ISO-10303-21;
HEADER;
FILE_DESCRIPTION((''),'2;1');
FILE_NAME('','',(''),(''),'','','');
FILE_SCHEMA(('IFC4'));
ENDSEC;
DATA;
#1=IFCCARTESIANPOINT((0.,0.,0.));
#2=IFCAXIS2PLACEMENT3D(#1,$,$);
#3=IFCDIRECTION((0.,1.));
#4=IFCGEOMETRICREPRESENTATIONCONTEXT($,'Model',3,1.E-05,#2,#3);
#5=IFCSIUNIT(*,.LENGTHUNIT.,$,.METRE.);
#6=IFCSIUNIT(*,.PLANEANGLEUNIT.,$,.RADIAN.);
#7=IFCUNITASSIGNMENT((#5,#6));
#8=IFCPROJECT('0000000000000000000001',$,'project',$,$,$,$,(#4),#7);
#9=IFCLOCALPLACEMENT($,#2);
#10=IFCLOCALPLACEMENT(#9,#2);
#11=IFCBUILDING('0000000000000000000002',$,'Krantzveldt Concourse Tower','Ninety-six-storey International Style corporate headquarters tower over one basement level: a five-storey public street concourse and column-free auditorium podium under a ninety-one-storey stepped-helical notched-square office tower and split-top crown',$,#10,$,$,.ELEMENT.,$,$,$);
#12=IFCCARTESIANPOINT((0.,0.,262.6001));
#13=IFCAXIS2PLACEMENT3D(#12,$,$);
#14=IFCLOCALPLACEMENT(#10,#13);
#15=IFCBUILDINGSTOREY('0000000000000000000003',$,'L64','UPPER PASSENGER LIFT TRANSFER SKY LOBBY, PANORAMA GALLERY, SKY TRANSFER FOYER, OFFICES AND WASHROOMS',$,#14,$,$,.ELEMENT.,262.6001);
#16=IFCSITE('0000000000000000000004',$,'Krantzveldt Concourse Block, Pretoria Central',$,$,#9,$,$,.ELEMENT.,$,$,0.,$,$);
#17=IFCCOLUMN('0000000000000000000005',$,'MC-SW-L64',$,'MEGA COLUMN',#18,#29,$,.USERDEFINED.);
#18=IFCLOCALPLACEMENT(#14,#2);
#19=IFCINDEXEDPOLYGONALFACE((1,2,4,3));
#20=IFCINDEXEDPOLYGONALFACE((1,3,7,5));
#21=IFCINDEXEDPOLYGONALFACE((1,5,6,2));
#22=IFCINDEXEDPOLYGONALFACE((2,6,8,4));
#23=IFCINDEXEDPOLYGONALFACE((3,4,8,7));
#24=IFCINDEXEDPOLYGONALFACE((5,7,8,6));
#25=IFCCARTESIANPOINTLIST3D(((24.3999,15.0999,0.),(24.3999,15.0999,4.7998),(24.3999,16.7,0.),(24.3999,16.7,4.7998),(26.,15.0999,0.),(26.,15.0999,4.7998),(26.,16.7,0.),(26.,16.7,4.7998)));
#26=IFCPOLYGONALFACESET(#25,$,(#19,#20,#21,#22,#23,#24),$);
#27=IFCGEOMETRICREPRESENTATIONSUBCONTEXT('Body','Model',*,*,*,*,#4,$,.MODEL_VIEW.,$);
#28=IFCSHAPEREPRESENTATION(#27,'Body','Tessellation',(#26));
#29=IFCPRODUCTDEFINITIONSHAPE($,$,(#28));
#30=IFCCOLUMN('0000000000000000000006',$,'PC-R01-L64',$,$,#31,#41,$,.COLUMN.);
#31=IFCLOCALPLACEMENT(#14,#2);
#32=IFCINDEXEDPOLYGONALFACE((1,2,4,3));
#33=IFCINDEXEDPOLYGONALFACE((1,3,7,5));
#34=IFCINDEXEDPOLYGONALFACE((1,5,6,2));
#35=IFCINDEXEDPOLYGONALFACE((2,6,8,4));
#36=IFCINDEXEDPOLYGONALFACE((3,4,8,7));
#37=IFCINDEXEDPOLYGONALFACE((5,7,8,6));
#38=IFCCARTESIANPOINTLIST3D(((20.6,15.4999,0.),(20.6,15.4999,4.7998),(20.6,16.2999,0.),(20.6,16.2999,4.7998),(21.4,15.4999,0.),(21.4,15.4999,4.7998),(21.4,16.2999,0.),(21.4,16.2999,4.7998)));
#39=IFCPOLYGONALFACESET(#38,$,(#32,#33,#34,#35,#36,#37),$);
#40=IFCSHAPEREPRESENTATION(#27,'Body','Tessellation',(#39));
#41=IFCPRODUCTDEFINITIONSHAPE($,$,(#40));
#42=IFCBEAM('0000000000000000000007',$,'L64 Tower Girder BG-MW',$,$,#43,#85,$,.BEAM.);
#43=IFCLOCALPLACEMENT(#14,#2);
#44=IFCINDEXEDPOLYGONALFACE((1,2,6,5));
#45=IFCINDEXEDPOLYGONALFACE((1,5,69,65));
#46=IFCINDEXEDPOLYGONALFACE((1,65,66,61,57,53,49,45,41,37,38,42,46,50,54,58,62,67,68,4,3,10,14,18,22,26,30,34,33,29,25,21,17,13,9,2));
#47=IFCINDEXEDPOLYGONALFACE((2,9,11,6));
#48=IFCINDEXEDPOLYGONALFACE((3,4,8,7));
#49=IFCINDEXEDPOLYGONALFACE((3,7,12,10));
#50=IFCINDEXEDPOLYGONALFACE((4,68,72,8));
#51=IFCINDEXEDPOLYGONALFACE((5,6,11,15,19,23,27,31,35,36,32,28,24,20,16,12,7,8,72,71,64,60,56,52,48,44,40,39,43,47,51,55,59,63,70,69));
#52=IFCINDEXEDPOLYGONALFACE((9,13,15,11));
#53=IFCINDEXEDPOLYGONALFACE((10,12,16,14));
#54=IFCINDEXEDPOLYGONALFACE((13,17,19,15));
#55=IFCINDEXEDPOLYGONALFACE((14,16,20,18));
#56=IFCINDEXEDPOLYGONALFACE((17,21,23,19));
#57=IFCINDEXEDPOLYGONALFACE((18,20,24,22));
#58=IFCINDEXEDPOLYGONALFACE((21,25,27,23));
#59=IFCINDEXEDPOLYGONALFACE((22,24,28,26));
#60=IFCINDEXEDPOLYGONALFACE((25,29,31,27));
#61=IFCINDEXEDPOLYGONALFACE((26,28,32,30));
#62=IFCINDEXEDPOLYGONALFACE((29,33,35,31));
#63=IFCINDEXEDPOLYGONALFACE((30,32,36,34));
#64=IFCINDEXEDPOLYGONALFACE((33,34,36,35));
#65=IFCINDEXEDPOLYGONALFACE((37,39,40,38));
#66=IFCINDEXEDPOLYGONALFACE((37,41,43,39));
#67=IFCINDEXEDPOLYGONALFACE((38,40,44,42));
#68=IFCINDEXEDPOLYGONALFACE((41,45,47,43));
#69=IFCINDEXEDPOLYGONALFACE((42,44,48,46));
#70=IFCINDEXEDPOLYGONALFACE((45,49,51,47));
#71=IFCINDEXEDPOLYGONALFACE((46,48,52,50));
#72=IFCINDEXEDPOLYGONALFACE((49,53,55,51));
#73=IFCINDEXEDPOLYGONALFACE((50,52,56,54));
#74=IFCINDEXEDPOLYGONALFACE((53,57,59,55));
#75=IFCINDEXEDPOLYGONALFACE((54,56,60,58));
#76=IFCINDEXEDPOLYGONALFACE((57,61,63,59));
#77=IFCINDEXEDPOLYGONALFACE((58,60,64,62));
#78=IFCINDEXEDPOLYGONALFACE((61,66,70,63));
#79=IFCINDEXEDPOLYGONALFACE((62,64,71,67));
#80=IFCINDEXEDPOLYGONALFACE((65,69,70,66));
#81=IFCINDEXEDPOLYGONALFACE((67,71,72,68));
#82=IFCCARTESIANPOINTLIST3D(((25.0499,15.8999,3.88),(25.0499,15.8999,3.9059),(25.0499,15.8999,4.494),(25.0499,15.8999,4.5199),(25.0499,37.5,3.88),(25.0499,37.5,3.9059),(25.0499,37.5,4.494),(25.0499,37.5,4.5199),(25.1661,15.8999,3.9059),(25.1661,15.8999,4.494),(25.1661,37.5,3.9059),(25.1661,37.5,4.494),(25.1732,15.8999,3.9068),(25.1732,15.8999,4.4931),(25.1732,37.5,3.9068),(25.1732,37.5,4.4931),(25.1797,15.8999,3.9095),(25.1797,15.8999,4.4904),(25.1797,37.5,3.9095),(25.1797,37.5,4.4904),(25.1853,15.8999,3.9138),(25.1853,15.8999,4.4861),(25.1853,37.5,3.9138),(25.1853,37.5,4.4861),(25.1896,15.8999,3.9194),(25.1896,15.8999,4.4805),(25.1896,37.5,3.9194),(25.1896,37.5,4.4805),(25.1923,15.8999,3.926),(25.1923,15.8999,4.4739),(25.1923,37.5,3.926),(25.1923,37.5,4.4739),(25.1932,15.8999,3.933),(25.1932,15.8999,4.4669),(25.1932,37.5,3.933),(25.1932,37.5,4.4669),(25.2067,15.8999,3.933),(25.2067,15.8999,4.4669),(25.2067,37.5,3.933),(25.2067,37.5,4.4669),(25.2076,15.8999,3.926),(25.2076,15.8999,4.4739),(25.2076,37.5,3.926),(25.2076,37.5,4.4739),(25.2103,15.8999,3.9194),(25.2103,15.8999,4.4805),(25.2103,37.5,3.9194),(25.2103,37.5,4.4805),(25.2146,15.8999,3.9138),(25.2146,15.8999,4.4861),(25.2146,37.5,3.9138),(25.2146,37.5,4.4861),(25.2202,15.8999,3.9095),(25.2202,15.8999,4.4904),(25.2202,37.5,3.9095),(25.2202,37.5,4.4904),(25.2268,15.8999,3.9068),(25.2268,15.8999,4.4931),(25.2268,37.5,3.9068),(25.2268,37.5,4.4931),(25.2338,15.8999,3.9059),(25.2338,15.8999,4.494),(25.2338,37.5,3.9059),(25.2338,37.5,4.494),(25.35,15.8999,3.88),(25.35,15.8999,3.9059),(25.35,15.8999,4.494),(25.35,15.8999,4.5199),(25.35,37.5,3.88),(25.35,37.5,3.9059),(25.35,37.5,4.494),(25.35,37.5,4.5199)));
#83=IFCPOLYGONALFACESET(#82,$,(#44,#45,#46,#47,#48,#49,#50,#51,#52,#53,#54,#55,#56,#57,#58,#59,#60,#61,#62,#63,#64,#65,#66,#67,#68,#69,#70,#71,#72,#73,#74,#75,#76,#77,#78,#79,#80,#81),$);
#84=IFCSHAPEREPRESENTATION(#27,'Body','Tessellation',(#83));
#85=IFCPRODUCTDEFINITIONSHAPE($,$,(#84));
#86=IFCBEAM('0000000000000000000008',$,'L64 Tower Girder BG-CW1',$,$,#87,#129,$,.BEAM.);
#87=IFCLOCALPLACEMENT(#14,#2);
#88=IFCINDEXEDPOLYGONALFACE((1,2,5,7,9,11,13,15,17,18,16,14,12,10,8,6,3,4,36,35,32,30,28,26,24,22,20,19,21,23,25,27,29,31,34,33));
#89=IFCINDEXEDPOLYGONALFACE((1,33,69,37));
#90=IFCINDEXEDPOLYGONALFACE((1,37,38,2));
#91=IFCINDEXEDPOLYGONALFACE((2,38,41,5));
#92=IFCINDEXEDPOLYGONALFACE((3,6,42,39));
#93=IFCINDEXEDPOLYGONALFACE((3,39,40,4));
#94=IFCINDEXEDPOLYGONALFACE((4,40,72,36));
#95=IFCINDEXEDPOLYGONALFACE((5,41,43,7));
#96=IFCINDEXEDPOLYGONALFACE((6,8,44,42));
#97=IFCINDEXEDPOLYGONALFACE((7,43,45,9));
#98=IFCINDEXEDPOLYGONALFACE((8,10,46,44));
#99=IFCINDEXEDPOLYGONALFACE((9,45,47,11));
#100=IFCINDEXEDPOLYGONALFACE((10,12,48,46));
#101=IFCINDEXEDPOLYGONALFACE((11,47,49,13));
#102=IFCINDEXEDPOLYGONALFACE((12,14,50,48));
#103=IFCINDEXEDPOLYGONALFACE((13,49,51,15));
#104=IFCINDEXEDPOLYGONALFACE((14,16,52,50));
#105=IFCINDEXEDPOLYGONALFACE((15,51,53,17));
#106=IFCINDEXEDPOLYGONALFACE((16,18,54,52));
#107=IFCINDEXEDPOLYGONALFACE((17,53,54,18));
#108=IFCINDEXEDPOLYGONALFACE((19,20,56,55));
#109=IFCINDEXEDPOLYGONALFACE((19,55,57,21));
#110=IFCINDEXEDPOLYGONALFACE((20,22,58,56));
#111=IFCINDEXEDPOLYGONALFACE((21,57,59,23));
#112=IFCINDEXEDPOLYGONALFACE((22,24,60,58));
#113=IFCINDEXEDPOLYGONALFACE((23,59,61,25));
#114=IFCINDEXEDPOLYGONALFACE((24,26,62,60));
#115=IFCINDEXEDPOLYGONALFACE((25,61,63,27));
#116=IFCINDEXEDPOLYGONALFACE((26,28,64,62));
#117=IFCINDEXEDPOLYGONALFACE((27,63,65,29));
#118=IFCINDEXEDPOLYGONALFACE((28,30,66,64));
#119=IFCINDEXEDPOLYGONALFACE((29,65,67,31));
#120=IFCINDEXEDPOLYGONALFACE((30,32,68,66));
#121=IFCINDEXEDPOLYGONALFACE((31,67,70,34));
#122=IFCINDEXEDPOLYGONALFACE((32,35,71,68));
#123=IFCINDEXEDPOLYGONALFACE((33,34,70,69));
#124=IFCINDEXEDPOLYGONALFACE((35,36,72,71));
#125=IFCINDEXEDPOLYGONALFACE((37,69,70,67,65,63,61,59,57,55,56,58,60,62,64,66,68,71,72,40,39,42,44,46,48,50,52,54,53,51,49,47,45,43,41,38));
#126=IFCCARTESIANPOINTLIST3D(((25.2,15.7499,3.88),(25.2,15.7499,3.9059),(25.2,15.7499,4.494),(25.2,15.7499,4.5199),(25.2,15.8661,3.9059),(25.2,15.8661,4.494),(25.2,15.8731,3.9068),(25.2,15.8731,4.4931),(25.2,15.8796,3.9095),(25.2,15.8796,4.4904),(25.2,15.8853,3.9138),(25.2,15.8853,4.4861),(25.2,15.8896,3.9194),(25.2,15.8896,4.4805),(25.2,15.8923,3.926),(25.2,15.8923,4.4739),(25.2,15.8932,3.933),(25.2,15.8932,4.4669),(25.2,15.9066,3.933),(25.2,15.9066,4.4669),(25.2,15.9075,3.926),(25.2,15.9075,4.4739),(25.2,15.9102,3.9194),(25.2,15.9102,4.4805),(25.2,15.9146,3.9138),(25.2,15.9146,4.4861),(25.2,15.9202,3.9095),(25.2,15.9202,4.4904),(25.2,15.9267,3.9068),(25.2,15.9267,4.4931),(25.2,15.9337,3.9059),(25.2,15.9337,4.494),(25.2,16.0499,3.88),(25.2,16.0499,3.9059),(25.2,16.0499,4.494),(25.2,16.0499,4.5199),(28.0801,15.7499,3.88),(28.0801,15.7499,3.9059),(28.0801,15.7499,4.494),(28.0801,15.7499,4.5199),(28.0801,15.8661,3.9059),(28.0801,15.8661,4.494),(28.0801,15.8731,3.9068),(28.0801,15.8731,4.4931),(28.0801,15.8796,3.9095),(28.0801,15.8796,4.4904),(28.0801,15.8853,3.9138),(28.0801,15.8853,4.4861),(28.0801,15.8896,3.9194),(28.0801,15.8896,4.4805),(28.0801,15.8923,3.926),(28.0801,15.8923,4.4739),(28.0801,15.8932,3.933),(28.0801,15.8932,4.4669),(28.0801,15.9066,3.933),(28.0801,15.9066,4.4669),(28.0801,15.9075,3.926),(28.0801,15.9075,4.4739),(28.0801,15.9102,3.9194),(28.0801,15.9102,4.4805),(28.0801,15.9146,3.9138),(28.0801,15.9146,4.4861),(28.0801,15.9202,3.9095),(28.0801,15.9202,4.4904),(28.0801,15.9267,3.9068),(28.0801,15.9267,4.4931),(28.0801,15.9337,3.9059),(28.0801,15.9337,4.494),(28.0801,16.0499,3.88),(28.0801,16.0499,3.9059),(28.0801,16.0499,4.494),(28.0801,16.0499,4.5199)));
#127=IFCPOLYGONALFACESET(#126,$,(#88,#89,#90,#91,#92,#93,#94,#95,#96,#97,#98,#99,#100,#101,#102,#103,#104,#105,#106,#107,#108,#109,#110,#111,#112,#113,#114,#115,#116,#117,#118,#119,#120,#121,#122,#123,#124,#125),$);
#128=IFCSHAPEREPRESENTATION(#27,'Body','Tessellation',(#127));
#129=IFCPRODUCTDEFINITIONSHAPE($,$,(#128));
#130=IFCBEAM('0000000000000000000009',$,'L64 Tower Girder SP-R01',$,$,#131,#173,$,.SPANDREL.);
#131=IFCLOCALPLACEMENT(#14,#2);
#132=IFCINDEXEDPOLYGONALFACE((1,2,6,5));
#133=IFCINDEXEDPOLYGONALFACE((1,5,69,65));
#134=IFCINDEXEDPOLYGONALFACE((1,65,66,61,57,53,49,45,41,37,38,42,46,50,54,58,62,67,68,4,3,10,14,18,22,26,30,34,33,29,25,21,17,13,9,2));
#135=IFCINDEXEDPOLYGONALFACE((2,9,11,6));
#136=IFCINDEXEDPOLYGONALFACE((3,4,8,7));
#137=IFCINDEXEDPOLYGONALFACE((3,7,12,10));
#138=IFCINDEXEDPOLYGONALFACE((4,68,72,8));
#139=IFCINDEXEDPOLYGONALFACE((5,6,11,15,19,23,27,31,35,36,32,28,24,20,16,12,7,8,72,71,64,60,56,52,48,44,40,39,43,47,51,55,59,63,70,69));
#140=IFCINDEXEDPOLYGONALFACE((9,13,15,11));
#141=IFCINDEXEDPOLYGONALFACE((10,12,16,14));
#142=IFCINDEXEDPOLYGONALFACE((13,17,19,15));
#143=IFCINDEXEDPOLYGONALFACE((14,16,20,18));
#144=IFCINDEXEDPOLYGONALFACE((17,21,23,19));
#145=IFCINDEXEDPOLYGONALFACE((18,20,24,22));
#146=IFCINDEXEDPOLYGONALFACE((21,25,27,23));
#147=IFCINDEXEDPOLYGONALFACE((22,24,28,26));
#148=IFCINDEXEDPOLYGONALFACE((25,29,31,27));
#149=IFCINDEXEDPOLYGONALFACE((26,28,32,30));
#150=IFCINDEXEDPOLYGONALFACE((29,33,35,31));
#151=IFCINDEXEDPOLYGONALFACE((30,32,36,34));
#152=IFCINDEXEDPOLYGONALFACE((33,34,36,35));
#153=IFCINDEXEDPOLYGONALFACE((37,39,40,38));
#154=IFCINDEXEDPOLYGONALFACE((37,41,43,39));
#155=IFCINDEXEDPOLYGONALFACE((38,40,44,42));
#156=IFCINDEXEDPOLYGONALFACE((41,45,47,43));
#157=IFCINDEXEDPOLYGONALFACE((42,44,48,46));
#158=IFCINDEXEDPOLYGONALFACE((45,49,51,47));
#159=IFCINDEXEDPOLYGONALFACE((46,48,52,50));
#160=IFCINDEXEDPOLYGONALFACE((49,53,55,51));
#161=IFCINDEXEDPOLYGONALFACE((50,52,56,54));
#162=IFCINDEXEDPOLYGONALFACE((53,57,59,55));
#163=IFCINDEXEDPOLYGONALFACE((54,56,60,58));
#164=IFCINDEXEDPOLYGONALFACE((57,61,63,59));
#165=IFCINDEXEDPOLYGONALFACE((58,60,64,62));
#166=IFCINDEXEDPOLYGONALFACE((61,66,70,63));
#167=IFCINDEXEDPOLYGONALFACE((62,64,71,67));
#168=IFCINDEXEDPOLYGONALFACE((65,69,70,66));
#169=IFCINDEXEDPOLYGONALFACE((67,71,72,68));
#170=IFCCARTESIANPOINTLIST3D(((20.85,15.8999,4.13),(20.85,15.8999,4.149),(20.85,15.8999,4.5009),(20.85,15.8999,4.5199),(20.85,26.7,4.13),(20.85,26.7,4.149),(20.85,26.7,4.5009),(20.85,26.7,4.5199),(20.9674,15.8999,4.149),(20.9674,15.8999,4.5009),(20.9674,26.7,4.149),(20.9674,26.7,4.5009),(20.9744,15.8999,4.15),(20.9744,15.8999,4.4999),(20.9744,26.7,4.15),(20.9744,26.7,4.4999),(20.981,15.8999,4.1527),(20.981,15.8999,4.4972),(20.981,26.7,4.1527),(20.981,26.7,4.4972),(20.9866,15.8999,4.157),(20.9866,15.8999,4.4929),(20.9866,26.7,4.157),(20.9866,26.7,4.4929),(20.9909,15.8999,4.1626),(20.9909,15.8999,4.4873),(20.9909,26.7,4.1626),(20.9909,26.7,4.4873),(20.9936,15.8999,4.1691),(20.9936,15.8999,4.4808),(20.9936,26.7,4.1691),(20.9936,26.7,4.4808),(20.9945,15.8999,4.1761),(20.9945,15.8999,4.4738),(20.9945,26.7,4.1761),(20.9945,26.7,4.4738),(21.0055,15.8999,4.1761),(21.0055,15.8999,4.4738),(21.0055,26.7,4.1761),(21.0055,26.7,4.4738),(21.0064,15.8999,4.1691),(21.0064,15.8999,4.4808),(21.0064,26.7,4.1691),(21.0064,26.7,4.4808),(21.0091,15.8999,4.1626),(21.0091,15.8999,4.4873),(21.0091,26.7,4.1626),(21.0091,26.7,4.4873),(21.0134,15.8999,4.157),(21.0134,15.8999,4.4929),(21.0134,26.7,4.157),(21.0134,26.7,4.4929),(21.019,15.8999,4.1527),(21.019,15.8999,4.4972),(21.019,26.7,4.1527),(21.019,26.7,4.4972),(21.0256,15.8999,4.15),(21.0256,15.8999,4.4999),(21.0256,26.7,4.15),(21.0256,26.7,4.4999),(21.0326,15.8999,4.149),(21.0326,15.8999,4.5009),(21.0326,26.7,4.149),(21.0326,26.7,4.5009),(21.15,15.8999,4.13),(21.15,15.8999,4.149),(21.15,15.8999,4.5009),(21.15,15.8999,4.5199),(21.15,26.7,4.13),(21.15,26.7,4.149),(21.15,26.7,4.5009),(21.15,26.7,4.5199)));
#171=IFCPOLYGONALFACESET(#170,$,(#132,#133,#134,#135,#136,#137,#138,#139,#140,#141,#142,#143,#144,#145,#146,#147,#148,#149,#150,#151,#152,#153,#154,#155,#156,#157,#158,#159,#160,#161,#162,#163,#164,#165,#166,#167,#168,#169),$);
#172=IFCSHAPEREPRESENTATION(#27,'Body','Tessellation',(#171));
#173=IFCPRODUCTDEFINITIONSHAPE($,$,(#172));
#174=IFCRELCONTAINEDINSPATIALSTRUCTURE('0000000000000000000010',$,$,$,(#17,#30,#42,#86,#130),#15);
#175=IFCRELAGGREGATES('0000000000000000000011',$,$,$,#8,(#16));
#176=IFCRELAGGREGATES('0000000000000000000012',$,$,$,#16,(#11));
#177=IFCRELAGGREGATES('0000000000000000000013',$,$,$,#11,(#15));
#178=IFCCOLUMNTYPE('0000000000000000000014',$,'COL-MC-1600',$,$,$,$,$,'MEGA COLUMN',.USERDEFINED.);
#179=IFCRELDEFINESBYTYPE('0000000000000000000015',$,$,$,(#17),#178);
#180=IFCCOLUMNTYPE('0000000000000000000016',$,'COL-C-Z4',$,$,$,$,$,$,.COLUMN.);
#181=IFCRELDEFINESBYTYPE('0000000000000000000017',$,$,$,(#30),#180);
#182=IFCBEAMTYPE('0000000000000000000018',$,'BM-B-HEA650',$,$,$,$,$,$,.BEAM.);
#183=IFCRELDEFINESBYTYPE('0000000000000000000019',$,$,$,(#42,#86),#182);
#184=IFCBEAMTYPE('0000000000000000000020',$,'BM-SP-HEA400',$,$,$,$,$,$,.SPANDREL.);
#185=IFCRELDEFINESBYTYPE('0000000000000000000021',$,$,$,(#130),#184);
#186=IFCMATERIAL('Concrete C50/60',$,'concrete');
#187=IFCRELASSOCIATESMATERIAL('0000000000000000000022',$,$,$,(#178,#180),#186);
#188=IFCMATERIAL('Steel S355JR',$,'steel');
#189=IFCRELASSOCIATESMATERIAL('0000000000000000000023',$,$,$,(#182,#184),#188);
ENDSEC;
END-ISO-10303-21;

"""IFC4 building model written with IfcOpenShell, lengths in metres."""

from ifc_helpers import new_model, si_unit, direction, frame, origin, origin_2d, place, context, subcontext, project, spatial, rectangle, i_section, extrude, source, transform, mapped, material, material_profile, profile_set, type_object, type_shapes, element, save


model = new_model("IFC4")

# Units and contexts
model_context = context("Model", 3, precision=1e-05, world=origin(), true_north=direction((0.0, 1.0)))
body_context = subcontext(model_context, "Body", "Model", "MODEL_VIEW")
ifc_project = project(units=[si_unit("LENGTHUNIT", "METRE"), si_unit("PLANEANGLEUNIT", "RADIAN")], contexts=[model_context])

# Site, building, storey
site_placement = place(None, origin())
site = spatial("IfcSite", under=ifc_project, at=site_placement, Name="Krantzveldt Concourse Block, Pretoria Central", CompositionType="ELEMENT", RefElevation=0.0)
building_placement = place(site_placement, origin())
building = spatial("IfcBuilding", under=site, at=building_placement, Name="Krantzveldt Concourse Tower", Description="Ninety-six-storey International Style corporate headquarters tower over one basement level: a five-storey public street concourse and column-free auditorium podium under a ninety-one-storey stepped-helical notched-square office tower and split-top crown", CompositionType="ELEMENT")
storey_placement = place(building_placement, frame((0.0, 0.0, 262.6001)))
storey = spatial("IfcBuildingStorey", under=building, at=storey_placement, Name="L64", Description="UPPER PASSENGER LIFT TRANSFER SKY LOBBY, PANORAMA GALLERY, SKY TRANSFER FOYER, OFFICES AND WASHROOMS", CompositionType="ELEMENT", Elevation=262.6001)

# Columns
ifc_material_1 = material(Name="Concrete C50/60", Category="concrete")
ifc_material_profile_1 = material_profile(ifc_material_1, rectangle(XDim=1.6001, YDim=1.6001, at=origin_2d()), Name="Concrete C50/60", Category="concrete")
ifc_profile_set_1 = profile_set([ifc_material_profile_1], Name="Concrete C50/60 - RC 1600x1600")
column_type_1 = type_object("IfcColumnType", Name="COL-MC-1600", ElementType="MEGA COLUMN", PredefinedType="USERDEFINED", material=ifc_profile_set_1)
shared_shape_1 = source(origin(), body_context, "Body", "SweptSolid", [
    extrude(rectangle(XDim=1.6001, YDim=1.6001, at=origin_2d()), origin(), (0.0, 0.0, 1.0), 4.7998),
])
type_shapes(column_type_1, [shared_shape_1])
column_1_placement = place(storey_placement, frame((25.2, 15.8999, 0.0), z_axis=(0.0, 0.0, 1.0), x_axis=(1.0, 0.0, 0.0)))
element("IfcColumn", 1, at=column_1_placement, inside=storey, type_object=column_type_1, Name="MC-SW-L64", ObjectType="MEGA COLUMN", PredefinedType="USERDEFINED", context=body_context, shape_type="MappedRepresentation", body=[
    mapped(shared_shape_1, transform((0.0, 0.0, 0.0), x_axis=(1.0, 0.0, 0.0), y_axis=(0.0, 1.0, 0.0), z_axis=(0.0, 0.0, 1.0), scale=1.0)),
])
ifc_material_profile_2 = material_profile(ifc_material_1, rectangle(XDim=0.8, YDim=0.8, at=origin_2d()), Name="Concrete C50/60", Category="concrete")
ifc_profile_set_2 = profile_set([ifc_material_profile_2], Name="Concrete C50/60 - RC 800x800")
column_type_2 = type_object("IfcColumnType", Name="COL-C-Z4", PredefinedType="COLUMN", material=ifc_profile_set_2)
shared_shape_2 = source(origin(), body_context, "Body", "SweptSolid", [
    extrude(rectangle(XDim=0.8, YDim=0.8, at=origin_2d()), origin(), (0.0, 0.0, 1.0), 4.7998),
])
type_shapes(column_type_2, [shared_shape_2])
column_2_placement = place(storey_placement, frame((21.0, 15.8999, 0.0), z_axis=(0.0, 0.0, 1.0), x_axis=(1.0, 0.0, 0.0)))
element("IfcColumn", 2, at=column_2_placement, inside=storey, type_object=column_type_2, Name="PC-R01-L64", PredefinedType="COLUMN", context=body_context, shape_type="MappedRepresentation", body=[
    mapped(shared_shape_2, transform((0.0, 0.0, 0.0), x_axis=(1.0, 0.0, 0.0), y_axis=(0.0, 1.0, 0.0), z_axis=(0.0, 0.0, 1.0), scale=1.0)),
])

# Beams
ifc_material_2 = material(Name="Steel S355JR", Category="steel")
ifc_material_profile_3 = material_profile(ifc_material_2, i_section(OverallWidth=0.3, OverallDepth=0.6399, WebThickness=0.0134, FlangeThickness=0.0259, FilletRadius=0.0271, at=origin_2d()), Name="Steel S355JR", Category="steel")
ifc_profile_set_3 = profile_set([ifc_material_profile_3], Name="Steel S355JR - HEA 650")
beam_type_1 = type_object("IfcBeamType", Name="BM-B-HEA650", PredefinedType="BEAM", material=ifc_profile_set_3)
shared_shape_3 = source(origin(), body_context, "Body", "SweptSolid", [
    extrude(i_section(OverallWidth=0.3, OverallDepth=0.6399, WebThickness=0.0134, FlangeThickness=0.0259, FilletRadius=0.0271, at=origin_2d()), origin(), (0.0, 0.0, 1.0), 21.6001),
])
beam_1_placement = place(storey_placement, frame((25.2, 15.8999, 4.2), z_axis=(0.0, 1.0, 0.0), x_axis=(-1.0, 0.0, 0.0)))
element("IfcBeam", 3, at=beam_1_placement, inside=storey, type_object=beam_type_1, Name="L64 Tower Girder BG-MW", PredefinedType="BEAM", context=body_context, shape_type="MappedRepresentation", body=[
    mapped(shared_shape_3, transform((0.0, 0.0, 0.0), x_axis=(1.0, 0.0, 0.0), y_axis=(0.0, 1.0, 0.0), z_axis=(0.0, 0.0, 1.0), scale=1.0)),
])
shared_shape_4 = source(origin(), body_context, "Body", "SweptSolid", [
    extrude(i_section(OverallWidth=0.3, OverallDepth=0.6399, WebThickness=0.0134, FlangeThickness=0.0259, FilletRadius=0.0271, at=origin_2d()), origin(), (0.0, 0.0, 1.0), 2.8801),
])
type_shapes(beam_type_1, [shared_shape_3, shared_shape_4])
beam_2_placement = place(storey_placement, frame((25.2, 15.8999, 4.2), z_axis=(1.0, 0.0, 0.0), x_axis=(0.0, 1.0, 0.0)))
element("IfcBeam", 4, at=beam_2_placement, inside=storey, type_object=beam_type_1, Name="L64 Tower Girder BG-CW1", PredefinedType="BEAM", context=body_context, shape_type="MappedRepresentation", body=[
    mapped(shared_shape_4, transform((0.0, 0.0, 0.0), x_axis=(1.0, 0.0, 0.0), y_axis=(0.0, 1.0, 0.0), z_axis=(0.0, 0.0, 1.0), scale=1.0)),
])
ifc_material_profile_4 = material_profile(ifc_material_2, i_section(OverallWidth=0.3, OverallDepth=0.3899, WebThickness=0.011, FlangeThickness=0.019, FilletRadius=0.0271, at=origin_2d()), Name="Steel S355JR", Category="steel")
ifc_profile_set_4 = profile_set([ifc_material_profile_4], Name="Steel S355JR - HEA 400")
beam_type_2 = type_object("IfcBeamType", Name="BM-SP-HEA400", PredefinedType="SPANDREL", material=ifc_profile_set_4)
shared_shape_5 = source(origin(), body_context, "Body", "SweptSolid", [
    extrude(i_section(OverallWidth=0.3, OverallDepth=0.3899, WebThickness=0.011, FlangeThickness=0.019, FilletRadius=0.0271, at=origin_2d()), origin(), (0.0, 0.0, 1.0), 10.8),
])
type_shapes(beam_type_2, [shared_shape_5])
beam_3_placement = place(storey_placement, frame((21.0, 15.8999, 4.325), z_axis=(0.0, 1.0, 0.0), x_axis=(-1.0, 0.0, 0.0)))
element("IfcBeam", 5, at=beam_3_placement, inside=storey, type_object=beam_type_2, Name="L64 Tower Girder SP-R01", PredefinedType="SPANDREL", context=body_context, shape_type="MappedRepresentation", body=[
    mapped(shared_shape_5, transform((0.0, 0.0, 0.0), x_axis=(1.0, 0.0, 0.0), y_axis=(0.0, 1.0, 0.0), z_axis=(0.0, 0.0, 1.0), scale=1.0)),
])

save(model, "model.ifc")
